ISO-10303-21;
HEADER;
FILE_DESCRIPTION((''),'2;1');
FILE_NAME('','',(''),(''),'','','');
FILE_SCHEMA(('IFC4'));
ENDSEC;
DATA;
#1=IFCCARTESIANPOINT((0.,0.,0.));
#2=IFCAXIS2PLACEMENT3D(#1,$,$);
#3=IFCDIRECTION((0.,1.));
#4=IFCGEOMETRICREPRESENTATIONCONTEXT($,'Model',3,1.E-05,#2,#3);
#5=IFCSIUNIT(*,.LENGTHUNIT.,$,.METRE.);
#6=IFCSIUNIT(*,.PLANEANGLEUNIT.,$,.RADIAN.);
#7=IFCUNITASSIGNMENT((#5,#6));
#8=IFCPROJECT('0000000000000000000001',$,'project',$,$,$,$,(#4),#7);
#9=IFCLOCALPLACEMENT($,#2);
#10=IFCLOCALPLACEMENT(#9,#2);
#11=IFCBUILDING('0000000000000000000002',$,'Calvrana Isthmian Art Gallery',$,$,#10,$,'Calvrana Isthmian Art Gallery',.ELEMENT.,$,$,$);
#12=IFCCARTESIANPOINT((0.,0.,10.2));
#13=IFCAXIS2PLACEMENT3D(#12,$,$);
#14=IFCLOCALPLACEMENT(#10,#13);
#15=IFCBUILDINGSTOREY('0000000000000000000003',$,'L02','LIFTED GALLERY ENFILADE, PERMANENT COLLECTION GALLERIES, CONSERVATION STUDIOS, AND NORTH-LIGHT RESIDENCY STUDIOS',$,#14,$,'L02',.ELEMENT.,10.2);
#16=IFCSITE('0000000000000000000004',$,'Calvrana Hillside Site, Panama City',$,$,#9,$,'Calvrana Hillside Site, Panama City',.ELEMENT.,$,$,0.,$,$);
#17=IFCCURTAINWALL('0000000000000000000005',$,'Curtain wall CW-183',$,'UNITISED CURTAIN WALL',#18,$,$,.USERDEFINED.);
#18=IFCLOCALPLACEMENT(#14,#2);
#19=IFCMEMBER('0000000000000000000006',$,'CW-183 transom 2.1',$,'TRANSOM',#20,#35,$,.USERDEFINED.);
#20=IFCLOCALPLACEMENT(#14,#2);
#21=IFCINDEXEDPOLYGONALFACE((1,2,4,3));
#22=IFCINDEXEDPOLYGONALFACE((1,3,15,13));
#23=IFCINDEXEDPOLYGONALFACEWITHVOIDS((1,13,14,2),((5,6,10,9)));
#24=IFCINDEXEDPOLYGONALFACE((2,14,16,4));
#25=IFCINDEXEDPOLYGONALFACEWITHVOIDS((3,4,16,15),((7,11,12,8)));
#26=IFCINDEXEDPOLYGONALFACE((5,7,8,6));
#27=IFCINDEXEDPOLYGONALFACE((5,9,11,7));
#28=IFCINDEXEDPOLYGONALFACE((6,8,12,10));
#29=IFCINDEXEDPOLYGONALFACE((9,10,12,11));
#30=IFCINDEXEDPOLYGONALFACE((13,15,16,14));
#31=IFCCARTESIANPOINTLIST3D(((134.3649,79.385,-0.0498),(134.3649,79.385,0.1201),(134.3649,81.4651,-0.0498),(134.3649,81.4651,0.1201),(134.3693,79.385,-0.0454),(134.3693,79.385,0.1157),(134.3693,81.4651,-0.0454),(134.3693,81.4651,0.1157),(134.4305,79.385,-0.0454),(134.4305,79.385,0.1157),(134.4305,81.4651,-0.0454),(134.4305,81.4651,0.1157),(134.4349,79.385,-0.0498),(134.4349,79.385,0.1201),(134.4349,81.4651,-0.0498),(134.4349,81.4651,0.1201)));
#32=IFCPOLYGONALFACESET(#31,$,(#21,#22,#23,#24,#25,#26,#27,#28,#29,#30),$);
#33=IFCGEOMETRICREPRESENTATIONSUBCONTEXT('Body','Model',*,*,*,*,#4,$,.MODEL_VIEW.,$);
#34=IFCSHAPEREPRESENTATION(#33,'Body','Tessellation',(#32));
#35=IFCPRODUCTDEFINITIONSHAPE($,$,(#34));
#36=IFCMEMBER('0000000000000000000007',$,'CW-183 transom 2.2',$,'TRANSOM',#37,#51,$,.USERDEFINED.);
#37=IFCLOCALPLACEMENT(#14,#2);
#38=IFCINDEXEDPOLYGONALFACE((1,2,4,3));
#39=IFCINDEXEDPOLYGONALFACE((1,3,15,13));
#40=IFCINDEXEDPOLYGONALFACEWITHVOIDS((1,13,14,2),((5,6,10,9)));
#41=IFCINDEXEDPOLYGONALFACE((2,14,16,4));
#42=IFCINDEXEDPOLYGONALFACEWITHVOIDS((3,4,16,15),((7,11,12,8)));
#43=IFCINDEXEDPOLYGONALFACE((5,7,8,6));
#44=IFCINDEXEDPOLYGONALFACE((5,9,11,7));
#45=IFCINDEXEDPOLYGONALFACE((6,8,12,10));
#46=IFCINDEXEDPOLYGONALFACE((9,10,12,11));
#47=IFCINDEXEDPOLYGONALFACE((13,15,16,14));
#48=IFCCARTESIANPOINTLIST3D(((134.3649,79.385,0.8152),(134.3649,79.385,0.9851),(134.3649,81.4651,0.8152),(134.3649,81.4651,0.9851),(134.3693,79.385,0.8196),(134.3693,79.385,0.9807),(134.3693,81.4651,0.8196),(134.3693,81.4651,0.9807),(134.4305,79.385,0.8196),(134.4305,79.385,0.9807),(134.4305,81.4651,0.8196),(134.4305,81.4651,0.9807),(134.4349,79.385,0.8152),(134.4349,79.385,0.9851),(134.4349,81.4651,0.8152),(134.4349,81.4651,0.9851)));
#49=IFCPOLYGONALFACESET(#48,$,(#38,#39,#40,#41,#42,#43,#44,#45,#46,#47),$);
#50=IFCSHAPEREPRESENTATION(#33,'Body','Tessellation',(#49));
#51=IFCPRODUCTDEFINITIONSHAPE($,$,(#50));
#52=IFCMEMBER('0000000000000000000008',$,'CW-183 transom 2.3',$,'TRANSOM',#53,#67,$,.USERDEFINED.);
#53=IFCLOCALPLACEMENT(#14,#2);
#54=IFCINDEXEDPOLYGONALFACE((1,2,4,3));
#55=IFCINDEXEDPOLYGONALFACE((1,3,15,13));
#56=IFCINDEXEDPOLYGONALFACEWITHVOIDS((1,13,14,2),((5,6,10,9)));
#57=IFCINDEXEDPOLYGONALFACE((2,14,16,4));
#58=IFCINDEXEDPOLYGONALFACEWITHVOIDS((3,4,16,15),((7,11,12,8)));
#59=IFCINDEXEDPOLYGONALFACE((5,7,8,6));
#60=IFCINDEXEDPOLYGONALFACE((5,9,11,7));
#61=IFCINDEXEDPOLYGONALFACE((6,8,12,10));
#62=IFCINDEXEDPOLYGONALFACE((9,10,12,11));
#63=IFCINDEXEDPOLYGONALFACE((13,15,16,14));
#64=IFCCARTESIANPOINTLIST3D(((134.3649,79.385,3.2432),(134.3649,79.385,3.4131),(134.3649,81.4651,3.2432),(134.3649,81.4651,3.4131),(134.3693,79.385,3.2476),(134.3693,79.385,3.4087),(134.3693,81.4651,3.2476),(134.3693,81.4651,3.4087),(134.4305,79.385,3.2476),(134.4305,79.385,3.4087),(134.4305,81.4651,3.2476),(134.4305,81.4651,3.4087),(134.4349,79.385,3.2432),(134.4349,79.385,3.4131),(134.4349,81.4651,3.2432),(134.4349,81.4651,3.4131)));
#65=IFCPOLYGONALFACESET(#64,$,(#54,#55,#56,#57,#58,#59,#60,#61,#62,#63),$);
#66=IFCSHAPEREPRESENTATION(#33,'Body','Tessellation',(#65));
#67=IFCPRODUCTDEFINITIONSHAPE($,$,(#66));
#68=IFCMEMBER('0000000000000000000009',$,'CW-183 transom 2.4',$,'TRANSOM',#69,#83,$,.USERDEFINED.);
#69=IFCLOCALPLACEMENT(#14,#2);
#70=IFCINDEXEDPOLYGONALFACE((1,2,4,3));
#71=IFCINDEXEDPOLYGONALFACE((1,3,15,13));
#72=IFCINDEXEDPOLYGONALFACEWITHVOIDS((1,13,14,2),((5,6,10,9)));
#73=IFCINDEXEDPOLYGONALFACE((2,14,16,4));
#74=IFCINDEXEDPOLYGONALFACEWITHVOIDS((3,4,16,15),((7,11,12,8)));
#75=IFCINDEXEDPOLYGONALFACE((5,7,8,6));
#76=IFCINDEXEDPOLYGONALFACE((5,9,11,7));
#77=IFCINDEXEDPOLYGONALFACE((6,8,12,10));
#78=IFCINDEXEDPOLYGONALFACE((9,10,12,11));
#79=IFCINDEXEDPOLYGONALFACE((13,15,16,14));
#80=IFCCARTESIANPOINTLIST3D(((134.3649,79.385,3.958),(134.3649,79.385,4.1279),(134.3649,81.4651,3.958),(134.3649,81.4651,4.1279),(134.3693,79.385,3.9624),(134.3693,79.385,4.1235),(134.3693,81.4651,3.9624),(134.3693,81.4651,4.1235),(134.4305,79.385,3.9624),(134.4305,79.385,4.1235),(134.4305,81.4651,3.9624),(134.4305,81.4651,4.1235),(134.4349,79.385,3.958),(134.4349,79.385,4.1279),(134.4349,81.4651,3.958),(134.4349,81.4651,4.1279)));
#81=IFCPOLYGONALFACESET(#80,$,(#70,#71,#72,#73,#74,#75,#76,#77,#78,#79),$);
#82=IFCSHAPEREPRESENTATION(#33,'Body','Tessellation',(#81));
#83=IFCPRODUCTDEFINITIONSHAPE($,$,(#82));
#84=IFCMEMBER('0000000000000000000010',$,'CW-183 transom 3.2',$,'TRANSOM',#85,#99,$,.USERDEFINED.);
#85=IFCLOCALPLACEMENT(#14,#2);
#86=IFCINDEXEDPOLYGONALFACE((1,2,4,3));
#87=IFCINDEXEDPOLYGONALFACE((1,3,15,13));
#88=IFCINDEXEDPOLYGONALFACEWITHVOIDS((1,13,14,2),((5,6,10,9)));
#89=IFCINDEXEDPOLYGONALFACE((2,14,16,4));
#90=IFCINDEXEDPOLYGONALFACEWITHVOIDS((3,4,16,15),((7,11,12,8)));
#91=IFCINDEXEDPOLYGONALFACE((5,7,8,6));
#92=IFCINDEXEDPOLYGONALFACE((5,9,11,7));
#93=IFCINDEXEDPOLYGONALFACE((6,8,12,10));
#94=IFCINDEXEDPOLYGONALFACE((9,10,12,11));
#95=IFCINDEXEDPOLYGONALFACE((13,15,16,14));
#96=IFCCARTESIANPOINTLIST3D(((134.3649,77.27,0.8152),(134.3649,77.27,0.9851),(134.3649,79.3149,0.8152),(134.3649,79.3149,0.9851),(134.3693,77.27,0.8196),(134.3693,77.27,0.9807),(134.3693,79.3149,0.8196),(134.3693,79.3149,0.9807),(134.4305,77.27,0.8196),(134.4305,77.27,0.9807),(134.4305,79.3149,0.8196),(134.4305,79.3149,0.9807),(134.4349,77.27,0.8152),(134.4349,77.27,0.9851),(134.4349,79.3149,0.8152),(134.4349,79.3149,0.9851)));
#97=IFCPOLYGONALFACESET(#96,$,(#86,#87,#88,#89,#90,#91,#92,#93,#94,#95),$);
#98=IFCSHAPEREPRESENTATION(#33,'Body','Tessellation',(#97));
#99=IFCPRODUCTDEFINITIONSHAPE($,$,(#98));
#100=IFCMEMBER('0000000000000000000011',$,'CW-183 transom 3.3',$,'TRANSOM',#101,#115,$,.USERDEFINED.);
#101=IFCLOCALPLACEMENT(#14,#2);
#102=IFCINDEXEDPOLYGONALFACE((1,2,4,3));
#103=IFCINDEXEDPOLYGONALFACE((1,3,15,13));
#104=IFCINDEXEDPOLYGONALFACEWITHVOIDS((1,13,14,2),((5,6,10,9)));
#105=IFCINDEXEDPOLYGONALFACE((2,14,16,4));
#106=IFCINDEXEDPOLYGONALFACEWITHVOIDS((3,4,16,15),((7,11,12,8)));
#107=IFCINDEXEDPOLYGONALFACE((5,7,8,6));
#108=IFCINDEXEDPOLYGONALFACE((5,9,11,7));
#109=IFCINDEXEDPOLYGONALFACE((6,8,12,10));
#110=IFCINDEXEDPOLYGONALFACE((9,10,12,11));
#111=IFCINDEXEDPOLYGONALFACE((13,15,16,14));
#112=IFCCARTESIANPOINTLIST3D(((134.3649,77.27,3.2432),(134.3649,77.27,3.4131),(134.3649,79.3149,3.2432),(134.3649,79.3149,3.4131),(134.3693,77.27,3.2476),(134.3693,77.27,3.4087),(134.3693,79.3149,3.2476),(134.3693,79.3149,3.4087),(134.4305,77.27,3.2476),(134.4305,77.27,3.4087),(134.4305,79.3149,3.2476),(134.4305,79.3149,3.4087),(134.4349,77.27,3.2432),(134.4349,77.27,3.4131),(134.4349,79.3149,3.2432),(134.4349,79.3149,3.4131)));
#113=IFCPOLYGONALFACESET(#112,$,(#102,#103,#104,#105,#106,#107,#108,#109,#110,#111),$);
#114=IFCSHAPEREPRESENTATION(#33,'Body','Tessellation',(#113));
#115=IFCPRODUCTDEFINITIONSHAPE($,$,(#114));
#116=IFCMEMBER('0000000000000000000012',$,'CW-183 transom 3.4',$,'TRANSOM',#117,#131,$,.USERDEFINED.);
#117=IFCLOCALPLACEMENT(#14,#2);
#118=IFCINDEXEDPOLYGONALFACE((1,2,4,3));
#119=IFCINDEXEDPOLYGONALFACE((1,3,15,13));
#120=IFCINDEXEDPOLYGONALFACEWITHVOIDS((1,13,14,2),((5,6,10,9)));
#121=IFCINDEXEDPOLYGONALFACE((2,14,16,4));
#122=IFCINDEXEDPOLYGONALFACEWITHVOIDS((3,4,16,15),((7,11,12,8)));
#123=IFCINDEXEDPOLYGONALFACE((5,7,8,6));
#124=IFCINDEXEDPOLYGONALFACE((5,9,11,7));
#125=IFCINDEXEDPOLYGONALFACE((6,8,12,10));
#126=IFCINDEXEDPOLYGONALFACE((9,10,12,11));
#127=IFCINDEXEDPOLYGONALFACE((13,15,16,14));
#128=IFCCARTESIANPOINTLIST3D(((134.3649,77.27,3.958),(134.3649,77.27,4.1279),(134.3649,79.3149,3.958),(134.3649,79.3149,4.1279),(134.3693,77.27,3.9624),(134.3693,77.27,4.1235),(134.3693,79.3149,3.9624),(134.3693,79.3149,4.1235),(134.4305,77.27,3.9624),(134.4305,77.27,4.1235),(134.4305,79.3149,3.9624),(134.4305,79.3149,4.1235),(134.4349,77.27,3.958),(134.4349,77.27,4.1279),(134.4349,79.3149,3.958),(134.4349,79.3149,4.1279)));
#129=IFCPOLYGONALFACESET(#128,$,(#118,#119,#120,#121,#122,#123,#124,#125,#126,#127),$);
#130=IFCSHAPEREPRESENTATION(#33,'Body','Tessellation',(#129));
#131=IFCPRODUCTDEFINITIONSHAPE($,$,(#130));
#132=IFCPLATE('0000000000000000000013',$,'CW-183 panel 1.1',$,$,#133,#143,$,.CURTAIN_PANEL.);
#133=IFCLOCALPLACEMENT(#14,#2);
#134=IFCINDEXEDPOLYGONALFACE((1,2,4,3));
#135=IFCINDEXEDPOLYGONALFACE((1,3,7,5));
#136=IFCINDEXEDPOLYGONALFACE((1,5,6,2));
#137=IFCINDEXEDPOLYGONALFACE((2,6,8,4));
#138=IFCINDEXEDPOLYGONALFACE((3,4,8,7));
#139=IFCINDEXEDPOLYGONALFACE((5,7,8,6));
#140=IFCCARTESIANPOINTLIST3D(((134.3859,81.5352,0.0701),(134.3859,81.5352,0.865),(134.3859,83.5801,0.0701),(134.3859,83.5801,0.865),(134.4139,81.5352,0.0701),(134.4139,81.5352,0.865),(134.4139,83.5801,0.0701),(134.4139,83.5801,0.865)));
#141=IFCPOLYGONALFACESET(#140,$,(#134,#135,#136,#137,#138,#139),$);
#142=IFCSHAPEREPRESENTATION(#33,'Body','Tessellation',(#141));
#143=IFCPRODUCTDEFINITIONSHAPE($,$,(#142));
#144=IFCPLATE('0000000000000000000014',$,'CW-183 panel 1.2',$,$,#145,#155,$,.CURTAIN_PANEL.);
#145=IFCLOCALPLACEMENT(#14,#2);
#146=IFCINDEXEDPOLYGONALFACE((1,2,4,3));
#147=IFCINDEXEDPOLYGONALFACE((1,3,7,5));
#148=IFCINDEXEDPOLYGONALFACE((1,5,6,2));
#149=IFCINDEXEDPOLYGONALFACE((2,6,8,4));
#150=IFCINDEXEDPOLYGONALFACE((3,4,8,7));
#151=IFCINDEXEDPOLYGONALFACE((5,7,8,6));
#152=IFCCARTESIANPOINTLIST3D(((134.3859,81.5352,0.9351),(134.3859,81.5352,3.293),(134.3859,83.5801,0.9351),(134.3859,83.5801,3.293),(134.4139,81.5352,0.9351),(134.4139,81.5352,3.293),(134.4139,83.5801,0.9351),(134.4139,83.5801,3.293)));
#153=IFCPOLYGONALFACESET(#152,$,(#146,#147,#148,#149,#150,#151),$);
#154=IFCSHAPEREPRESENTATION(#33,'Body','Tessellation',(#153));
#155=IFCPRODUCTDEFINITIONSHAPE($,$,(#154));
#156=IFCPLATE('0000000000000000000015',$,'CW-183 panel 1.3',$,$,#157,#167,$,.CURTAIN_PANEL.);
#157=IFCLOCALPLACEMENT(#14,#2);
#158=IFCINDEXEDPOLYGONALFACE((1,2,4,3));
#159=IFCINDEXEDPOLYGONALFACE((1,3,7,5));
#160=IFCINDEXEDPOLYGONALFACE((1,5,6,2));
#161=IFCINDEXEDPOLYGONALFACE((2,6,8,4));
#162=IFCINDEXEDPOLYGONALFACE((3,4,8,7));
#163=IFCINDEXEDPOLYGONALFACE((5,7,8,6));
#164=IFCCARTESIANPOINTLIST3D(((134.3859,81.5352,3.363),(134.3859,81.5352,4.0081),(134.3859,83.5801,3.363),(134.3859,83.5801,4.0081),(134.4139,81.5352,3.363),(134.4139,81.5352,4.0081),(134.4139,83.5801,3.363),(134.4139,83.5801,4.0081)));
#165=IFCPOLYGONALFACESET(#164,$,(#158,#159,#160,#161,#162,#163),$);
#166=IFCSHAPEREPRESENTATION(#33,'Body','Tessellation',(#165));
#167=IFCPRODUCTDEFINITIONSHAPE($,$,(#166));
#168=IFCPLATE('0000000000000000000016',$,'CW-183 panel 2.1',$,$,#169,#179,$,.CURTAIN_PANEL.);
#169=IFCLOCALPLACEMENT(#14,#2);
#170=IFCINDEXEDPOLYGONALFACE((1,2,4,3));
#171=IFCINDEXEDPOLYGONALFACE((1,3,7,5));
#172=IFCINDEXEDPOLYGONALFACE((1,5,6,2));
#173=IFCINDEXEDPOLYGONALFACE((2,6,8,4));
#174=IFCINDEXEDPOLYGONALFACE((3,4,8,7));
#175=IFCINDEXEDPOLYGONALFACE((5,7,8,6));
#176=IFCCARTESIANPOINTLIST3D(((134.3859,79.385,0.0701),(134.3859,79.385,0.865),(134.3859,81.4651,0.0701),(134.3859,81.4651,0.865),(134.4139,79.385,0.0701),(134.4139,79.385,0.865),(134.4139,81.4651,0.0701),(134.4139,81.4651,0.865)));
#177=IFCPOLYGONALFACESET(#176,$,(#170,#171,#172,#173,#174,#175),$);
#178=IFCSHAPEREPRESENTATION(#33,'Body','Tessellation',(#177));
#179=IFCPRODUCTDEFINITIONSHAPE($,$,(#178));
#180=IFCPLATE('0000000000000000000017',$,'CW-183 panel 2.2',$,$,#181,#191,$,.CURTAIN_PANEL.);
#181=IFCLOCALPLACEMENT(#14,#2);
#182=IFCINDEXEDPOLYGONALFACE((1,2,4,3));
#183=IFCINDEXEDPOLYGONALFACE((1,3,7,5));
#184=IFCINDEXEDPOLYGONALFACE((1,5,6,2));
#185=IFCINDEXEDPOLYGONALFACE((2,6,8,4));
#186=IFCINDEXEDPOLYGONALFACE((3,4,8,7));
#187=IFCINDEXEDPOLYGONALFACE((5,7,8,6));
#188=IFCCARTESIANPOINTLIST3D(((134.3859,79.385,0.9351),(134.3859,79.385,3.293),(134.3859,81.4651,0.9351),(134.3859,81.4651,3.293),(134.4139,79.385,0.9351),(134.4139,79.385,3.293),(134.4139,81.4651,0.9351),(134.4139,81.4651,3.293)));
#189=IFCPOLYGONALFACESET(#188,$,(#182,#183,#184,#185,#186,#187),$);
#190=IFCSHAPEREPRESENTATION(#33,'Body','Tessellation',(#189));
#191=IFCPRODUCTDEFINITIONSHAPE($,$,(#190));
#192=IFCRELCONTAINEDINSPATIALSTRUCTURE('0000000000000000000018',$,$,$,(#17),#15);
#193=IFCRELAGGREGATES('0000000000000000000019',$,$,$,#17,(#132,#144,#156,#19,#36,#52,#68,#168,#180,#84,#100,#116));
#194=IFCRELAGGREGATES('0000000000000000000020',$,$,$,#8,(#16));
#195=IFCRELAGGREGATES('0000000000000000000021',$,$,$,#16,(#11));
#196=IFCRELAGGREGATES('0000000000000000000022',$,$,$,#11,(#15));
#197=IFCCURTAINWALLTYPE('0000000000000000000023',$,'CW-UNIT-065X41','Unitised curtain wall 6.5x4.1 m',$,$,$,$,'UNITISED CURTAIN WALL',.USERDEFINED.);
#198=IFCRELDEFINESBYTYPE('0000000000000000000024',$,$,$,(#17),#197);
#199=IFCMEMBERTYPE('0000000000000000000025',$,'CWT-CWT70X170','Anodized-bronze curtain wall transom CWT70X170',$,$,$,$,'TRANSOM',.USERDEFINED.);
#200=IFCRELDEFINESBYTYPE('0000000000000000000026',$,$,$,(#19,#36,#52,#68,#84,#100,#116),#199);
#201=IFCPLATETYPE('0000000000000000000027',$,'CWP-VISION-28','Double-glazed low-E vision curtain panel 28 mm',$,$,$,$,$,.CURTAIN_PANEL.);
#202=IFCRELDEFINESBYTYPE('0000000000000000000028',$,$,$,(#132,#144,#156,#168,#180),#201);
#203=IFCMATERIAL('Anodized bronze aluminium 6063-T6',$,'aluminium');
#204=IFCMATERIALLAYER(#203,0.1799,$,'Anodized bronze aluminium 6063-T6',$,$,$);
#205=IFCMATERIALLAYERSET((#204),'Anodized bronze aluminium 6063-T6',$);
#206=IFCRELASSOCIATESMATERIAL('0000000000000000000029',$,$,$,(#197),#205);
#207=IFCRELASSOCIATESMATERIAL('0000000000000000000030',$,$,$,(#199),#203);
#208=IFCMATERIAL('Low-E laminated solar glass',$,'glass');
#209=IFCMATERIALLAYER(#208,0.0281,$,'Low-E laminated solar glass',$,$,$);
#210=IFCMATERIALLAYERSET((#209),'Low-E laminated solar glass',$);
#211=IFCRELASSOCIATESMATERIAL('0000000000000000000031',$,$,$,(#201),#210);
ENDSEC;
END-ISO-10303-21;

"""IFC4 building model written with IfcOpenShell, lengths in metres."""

from ifc_helpers import new_model, si_unit, direction, frame, origin, origin_2d, place, context, subcontext, project, spatial, rectangle, hollow_rectangle, extrude, material, layer, layer_set, material_profile, profile_set, type_object, element, aggregate, save


model = new_model("IFC4")

# Units and contexts
model_context = context("Model", 3, precision=1e-05, world=origin(), true_north=direction((0.0, 1.0)))
body_context = subcontext(model_context, "Body", "Model", "MODEL_VIEW")
ifc_project = project(units=[si_unit("LENGTHUNIT", "METRE"), si_unit("PLANEANGLEUNIT", "RADIAN")], contexts=[model_context])

# Site, building, storey
site_placement = place(None, origin())
site = spatial("IfcSite", under=ifc_project, at=site_placement, Name="Calvrana Hillside Site, Panama City", LongName="Calvrana Hillside Site, Panama City", CompositionType="ELEMENT", RefElevation=0.0)
building_placement = place(site_placement, origin())
building = spatial("IfcBuilding", under=site, at=building_placement, Name="Calvrana Isthmian Art Gallery", LongName="Calvrana Isthmian Art Gallery", CompositionType="ELEMENT")
storey_placement = place(building_placement, frame((0.0, 0.0, 10.2)))
storey = spatial("IfcBuildingStorey", under=building, at=storey_placement, Name="L02", Description="LIFTED GALLERY ENFILADE, PERMANENT COLLECTION GALLERIES, CONSERVATION STUDIOS, AND NORTH-LIGHT RESIDENCY STUDIOS", LongName="L02", CompositionType="ELEMENT", Elevation=10.2)

# Curtain wall, members, plates
ifc_material_1 = material(Name="Anodized bronze aluminium 6063-T6", Category="aluminium")
ifc_layer_1 = layer(ifc_material_1, 0.1799, Name="Anodized bronze aluminium 6063-T6")
ifc_layer_set_1 = layer_set([ifc_layer_1], Name="Anodized bronze aluminium 6063-T6")
curtain_wall_type = type_object("IfcCurtainWallType", Name="CW-UNIT-065X41", Description="Unitised curtain wall 6.5x4.1 m", ElementType="UNITISED CURTAIN WALL", PredefinedType="USERDEFINED", material=ifc_layer_set_1)
curtain_wall_placement = place(storey_placement, origin())
curtain_wall = element("IfcCurtainWall", 1, at=curtain_wall_placement, inside=storey, type_object=curtain_wall_type, Name="Curtain wall CW-183", ObjectType="UNITISED CURTAIN WALL", PredefinedType="USERDEFINED")
ifc_material_profile_1 = material_profile(ifc_material_1, hollow_rectangle(XDim=0.0701, YDim=0.1699, WallThickness=0.0044, at=origin_2d()), Name="CWT70X170")
ifc_profile_set_1 = profile_set([ifc_material_profile_1], Name="Anodized bronze aluminium 6063-T6")
member_type_1 = type_object("IfcMemberType", Name="CWT-CWT70X170", Description="Anodized-bronze curtain wall transom CWT70X170", ElementType="TRANSOM", PredefinedType="USERDEFINED", material=ifc_profile_set_1)
member_1_placement = place(storey_placement, frame((134.3999, 81.4651, 0.0352), z_axis=(0.0, -1.0, 0.0), x_axis=(1.0, 0.0, 0.0)))
member_1 = element("IfcMember", 2, at=member_1_placement, type_object=member_type_1, Name="CW-183 transom 2.1", ObjectType="TRANSOM", PredefinedType="USERDEFINED", context=body_context, shape_type="SweptSolid", body=[
    extrude(hollow_rectangle(XDim=0.0701, YDim=0.1699, WallThickness=0.0044, at=origin_2d()), origin(), (0.0, 0.0, 1.0), 2.0801),
])
member_2_placement = place(storey_placement, frame((134.3999, 81.4651, 0.9001), z_axis=(0.0, -1.0, 0.0), x_axis=(1.0, 0.0, 0.0)))
member_2 = element("IfcMember", 3, at=member_2_placement, type_object=member_type_1, Name="CW-183 transom 2.2", ObjectType="TRANSOM", PredefinedType="USERDEFINED", context=body_context, shape_type="SweptSolid", body=[
    extrude(hollow_rectangle(XDim=0.0701, YDim=0.1699, WallThickness=0.0044, at=origin_2d()), origin(), (0.0, 0.0, 1.0), 2.0801),
])
member_3_placement = place(storey_placement, frame((134.3999, 81.4651, 3.3281), z_axis=(0.0, -1.0, 0.0), x_axis=(1.0, 0.0, 0.0)))
member_3 = element("IfcMember", 4, at=member_3_placement, type_object=member_type_1, Name="CW-183 transom 2.3", ObjectType="TRANSOM", PredefinedType="USERDEFINED", context=body_context, shape_type="SweptSolid", body=[
    extrude(hollow_rectangle(XDim=0.0701, YDim=0.1699, WallThickness=0.0044, at=origin_2d()), origin(), (0.0, 0.0, 1.0), 2.0801),
])
member_4_placement = place(storey_placement, frame((134.3999, 81.4651, 4.043), z_axis=(0.0, -1.0, 0.0), x_axis=(1.0, 0.0, 0.0)))
member_4 = element("IfcMember", 5, at=member_4_placement, type_object=member_type_1, Name="CW-183 transom 2.4", ObjectType="TRANSOM", PredefinedType="USERDEFINED", context=body_context, shape_type="SweptSolid", body=[
    extrude(hollow_rectangle(XDim=0.0701, YDim=0.1699, WallThickness=0.0044, at=origin_2d()), origin(), (0.0, 0.0, 1.0), 2.0801),
])
member_5_placement = place(storey_placement, frame((134.3999, 79.3149, 0.9001), z_axis=(0.0, -1.0, 0.0), x_axis=(1.0, 0.0, 0.0)))
member_5 = element("IfcMember", 6, at=member_5_placement, type_object=member_type_1, Name="CW-183 transom 3.2", ObjectType="TRANSOM", PredefinedType="USERDEFINED", context=body_context, shape_type="SweptSolid", body=[
    extrude(hollow_rectangle(XDim=0.0701, YDim=0.1699, WallThickness=0.0044, at=origin_2d()), origin(), (0.0, 0.0, 1.0), 2.0449),
])
member_6_placement = place(storey_placement, frame((134.3999, 79.3149, 3.3281), z_axis=(0.0, -1.0, 0.0), x_axis=(1.0, 0.0, 0.0)))
member_6 = element("IfcMember", 7, at=member_6_placement, type_object=member_type_1, Name="CW-183 transom 3.3", ObjectType="TRANSOM", PredefinedType="USERDEFINED", context=body_context, shape_type="SweptSolid", body=[
    extrude(hollow_rectangle(XDim=0.0701, YDim=0.1699, WallThickness=0.0044, at=origin_2d()), origin(), (0.0, 0.0, 1.0), 2.0449),
])
member_7_placement = place(storey_placement, frame((134.3999, 79.3149, 4.043), z_axis=(0.0, -1.0, 0.0), x_axis=(1.0, 0.0, 0.0)))
member_7 = element("IfcMember", 8, at=member_7_placement, type_object=member_type_1, Name="CW-183 transom 3.4", ObjectType="TRANSOM", PredefinedType="USERDEFINED", context=body_context, shape_type="SweptSolid", body=[
    extrude(hollow_rectangle(XDim=0.0701, YDim=0.1699, WallThickness=0.0044, at=origin_2d()), origin(), (0.0, 0.0, 1.0), 2.0449),
])
ifc_material_2 = material(Name="Low-E laminated solar glass", Category="glass")
ifc_layer_2 = layer(ifc_material_2, 0.0281, Name="Low-E laminated solar glass")
ifc_layer_set_2 = layer_set([ifc_layer_2], Name="Low-E laminated solar glass")
plate_type = type_object("IfcPlateType", Name="CWP-VISION-28", Description="Double-glazed low-E vision curtain panel 28 mm", PredefinedType="CURTAIN_PANEL", material=ifc_layer_set_2)
plate_1_placement = place(storey_placement, frame((134.3999, 82.5576, 0.0701), z_axis=(0.0, 0.0, 1.0), x_axis=(0.0, -1.0, 0.0)))
plate_1 = element("IfcPlate", 9, at=plate_1_placement, type_object=plate_type, Name="CW-183 panel 1.1", PredefinedType="CURTAIN_PANEL", context=body_context, shape_type="SweptSolid", body=[
    extrude(rectangle(XDim=2.0449, YDim=0.0281, at=origin_2d()), origin(), (0.0, 0.0, 1.0), 0.7949),
])
plate_2_placement = place(storey_placement, frame((134.3999, 82.5576, 0.9351), z_axis=(0.0, 0.0, 1.0), x_axis=(0.0, -1.0, 0.0)))
plate_2 = element("IfcPlate", 10, at=plate_2_placement, type_object=plate_type, Name="CW-183 panel 1.2", PredefinedType="CURTAIN_PANEL", context=body_context, shape_type="SweptSolid", body=[
    extrude(rectangle(XDim=2.0449, YDim=0.0281, at=origin_2d()), origin(), (0.0, 0.0, 1.0), 2.3579),
])
plate_3_placement = place(storey_placement, frame((134.3999, 82.5576, 3.363), z_axis=(0.0, 0.0, 1.0), x_axis=(0.0, -1.0, 0.0)))
plate_3 = element("IfcPlate", 11, at=plate_3_placement, type_object=plate_type, Name="CW-183 panel 1.3", PredefinedType="CURTAIN_PANEL", context=body_context, shape_type="SweptSolid", body=[
    extrude(rectangle(XDim=2.0449, YDim=0.0281, at=origin_2d()), origin(), (0.0, 0.0, 1.0), 0.645),
])
plate_4_placement = place(storey_placement, frame((134.3999, 80.425, 0.0701), z_axis=(0.0, 0.0, 1.0), x_axis=(0.0, -1.0, 0.0)))
plate_4 = element("IfcPlate", 12, at=plate_4_placement, type_object=plate_type, Name="CW-183 panel 2.1", PredefinedType="CURTAIN_PANEL", context=body_context, shape_type="SweptSolid", body=[
    extrude(rectangle(XDim=2.0801, YDim=0.0281, at=origin_2d()), origin(), (0.0, 0.0, 1.0), 0.7949),
])
plate_5_placement = place(storey_placement, frame((134.3999, 80.425, 0.9351), z_axis=(0.0, 0.0, 1.0), x_axis=(0.0, -1.0, 0.0)))
plate_5 = element("IfcPlate", 13, at=plate_5_placement, type_object=plate_type, Name="CW-183 panel 2.2", PredefinedType="CURTAIN_PANEL", context=body_context, shape_type="SweptSolid", body=[
    extrude(rectangle(XDim=2.0801, YDim=0.0281, at=origin_2d()), origin(), (0.0, 0.0, 1.0), 2.3579),
])
aggregate(curtain_wall, [plate_1, plate_2, plate_3, member_1, member_2, member_3, member_4, plate_4, plate_5, member_5, member_6, member_7])

save(model, "model.ifc")
